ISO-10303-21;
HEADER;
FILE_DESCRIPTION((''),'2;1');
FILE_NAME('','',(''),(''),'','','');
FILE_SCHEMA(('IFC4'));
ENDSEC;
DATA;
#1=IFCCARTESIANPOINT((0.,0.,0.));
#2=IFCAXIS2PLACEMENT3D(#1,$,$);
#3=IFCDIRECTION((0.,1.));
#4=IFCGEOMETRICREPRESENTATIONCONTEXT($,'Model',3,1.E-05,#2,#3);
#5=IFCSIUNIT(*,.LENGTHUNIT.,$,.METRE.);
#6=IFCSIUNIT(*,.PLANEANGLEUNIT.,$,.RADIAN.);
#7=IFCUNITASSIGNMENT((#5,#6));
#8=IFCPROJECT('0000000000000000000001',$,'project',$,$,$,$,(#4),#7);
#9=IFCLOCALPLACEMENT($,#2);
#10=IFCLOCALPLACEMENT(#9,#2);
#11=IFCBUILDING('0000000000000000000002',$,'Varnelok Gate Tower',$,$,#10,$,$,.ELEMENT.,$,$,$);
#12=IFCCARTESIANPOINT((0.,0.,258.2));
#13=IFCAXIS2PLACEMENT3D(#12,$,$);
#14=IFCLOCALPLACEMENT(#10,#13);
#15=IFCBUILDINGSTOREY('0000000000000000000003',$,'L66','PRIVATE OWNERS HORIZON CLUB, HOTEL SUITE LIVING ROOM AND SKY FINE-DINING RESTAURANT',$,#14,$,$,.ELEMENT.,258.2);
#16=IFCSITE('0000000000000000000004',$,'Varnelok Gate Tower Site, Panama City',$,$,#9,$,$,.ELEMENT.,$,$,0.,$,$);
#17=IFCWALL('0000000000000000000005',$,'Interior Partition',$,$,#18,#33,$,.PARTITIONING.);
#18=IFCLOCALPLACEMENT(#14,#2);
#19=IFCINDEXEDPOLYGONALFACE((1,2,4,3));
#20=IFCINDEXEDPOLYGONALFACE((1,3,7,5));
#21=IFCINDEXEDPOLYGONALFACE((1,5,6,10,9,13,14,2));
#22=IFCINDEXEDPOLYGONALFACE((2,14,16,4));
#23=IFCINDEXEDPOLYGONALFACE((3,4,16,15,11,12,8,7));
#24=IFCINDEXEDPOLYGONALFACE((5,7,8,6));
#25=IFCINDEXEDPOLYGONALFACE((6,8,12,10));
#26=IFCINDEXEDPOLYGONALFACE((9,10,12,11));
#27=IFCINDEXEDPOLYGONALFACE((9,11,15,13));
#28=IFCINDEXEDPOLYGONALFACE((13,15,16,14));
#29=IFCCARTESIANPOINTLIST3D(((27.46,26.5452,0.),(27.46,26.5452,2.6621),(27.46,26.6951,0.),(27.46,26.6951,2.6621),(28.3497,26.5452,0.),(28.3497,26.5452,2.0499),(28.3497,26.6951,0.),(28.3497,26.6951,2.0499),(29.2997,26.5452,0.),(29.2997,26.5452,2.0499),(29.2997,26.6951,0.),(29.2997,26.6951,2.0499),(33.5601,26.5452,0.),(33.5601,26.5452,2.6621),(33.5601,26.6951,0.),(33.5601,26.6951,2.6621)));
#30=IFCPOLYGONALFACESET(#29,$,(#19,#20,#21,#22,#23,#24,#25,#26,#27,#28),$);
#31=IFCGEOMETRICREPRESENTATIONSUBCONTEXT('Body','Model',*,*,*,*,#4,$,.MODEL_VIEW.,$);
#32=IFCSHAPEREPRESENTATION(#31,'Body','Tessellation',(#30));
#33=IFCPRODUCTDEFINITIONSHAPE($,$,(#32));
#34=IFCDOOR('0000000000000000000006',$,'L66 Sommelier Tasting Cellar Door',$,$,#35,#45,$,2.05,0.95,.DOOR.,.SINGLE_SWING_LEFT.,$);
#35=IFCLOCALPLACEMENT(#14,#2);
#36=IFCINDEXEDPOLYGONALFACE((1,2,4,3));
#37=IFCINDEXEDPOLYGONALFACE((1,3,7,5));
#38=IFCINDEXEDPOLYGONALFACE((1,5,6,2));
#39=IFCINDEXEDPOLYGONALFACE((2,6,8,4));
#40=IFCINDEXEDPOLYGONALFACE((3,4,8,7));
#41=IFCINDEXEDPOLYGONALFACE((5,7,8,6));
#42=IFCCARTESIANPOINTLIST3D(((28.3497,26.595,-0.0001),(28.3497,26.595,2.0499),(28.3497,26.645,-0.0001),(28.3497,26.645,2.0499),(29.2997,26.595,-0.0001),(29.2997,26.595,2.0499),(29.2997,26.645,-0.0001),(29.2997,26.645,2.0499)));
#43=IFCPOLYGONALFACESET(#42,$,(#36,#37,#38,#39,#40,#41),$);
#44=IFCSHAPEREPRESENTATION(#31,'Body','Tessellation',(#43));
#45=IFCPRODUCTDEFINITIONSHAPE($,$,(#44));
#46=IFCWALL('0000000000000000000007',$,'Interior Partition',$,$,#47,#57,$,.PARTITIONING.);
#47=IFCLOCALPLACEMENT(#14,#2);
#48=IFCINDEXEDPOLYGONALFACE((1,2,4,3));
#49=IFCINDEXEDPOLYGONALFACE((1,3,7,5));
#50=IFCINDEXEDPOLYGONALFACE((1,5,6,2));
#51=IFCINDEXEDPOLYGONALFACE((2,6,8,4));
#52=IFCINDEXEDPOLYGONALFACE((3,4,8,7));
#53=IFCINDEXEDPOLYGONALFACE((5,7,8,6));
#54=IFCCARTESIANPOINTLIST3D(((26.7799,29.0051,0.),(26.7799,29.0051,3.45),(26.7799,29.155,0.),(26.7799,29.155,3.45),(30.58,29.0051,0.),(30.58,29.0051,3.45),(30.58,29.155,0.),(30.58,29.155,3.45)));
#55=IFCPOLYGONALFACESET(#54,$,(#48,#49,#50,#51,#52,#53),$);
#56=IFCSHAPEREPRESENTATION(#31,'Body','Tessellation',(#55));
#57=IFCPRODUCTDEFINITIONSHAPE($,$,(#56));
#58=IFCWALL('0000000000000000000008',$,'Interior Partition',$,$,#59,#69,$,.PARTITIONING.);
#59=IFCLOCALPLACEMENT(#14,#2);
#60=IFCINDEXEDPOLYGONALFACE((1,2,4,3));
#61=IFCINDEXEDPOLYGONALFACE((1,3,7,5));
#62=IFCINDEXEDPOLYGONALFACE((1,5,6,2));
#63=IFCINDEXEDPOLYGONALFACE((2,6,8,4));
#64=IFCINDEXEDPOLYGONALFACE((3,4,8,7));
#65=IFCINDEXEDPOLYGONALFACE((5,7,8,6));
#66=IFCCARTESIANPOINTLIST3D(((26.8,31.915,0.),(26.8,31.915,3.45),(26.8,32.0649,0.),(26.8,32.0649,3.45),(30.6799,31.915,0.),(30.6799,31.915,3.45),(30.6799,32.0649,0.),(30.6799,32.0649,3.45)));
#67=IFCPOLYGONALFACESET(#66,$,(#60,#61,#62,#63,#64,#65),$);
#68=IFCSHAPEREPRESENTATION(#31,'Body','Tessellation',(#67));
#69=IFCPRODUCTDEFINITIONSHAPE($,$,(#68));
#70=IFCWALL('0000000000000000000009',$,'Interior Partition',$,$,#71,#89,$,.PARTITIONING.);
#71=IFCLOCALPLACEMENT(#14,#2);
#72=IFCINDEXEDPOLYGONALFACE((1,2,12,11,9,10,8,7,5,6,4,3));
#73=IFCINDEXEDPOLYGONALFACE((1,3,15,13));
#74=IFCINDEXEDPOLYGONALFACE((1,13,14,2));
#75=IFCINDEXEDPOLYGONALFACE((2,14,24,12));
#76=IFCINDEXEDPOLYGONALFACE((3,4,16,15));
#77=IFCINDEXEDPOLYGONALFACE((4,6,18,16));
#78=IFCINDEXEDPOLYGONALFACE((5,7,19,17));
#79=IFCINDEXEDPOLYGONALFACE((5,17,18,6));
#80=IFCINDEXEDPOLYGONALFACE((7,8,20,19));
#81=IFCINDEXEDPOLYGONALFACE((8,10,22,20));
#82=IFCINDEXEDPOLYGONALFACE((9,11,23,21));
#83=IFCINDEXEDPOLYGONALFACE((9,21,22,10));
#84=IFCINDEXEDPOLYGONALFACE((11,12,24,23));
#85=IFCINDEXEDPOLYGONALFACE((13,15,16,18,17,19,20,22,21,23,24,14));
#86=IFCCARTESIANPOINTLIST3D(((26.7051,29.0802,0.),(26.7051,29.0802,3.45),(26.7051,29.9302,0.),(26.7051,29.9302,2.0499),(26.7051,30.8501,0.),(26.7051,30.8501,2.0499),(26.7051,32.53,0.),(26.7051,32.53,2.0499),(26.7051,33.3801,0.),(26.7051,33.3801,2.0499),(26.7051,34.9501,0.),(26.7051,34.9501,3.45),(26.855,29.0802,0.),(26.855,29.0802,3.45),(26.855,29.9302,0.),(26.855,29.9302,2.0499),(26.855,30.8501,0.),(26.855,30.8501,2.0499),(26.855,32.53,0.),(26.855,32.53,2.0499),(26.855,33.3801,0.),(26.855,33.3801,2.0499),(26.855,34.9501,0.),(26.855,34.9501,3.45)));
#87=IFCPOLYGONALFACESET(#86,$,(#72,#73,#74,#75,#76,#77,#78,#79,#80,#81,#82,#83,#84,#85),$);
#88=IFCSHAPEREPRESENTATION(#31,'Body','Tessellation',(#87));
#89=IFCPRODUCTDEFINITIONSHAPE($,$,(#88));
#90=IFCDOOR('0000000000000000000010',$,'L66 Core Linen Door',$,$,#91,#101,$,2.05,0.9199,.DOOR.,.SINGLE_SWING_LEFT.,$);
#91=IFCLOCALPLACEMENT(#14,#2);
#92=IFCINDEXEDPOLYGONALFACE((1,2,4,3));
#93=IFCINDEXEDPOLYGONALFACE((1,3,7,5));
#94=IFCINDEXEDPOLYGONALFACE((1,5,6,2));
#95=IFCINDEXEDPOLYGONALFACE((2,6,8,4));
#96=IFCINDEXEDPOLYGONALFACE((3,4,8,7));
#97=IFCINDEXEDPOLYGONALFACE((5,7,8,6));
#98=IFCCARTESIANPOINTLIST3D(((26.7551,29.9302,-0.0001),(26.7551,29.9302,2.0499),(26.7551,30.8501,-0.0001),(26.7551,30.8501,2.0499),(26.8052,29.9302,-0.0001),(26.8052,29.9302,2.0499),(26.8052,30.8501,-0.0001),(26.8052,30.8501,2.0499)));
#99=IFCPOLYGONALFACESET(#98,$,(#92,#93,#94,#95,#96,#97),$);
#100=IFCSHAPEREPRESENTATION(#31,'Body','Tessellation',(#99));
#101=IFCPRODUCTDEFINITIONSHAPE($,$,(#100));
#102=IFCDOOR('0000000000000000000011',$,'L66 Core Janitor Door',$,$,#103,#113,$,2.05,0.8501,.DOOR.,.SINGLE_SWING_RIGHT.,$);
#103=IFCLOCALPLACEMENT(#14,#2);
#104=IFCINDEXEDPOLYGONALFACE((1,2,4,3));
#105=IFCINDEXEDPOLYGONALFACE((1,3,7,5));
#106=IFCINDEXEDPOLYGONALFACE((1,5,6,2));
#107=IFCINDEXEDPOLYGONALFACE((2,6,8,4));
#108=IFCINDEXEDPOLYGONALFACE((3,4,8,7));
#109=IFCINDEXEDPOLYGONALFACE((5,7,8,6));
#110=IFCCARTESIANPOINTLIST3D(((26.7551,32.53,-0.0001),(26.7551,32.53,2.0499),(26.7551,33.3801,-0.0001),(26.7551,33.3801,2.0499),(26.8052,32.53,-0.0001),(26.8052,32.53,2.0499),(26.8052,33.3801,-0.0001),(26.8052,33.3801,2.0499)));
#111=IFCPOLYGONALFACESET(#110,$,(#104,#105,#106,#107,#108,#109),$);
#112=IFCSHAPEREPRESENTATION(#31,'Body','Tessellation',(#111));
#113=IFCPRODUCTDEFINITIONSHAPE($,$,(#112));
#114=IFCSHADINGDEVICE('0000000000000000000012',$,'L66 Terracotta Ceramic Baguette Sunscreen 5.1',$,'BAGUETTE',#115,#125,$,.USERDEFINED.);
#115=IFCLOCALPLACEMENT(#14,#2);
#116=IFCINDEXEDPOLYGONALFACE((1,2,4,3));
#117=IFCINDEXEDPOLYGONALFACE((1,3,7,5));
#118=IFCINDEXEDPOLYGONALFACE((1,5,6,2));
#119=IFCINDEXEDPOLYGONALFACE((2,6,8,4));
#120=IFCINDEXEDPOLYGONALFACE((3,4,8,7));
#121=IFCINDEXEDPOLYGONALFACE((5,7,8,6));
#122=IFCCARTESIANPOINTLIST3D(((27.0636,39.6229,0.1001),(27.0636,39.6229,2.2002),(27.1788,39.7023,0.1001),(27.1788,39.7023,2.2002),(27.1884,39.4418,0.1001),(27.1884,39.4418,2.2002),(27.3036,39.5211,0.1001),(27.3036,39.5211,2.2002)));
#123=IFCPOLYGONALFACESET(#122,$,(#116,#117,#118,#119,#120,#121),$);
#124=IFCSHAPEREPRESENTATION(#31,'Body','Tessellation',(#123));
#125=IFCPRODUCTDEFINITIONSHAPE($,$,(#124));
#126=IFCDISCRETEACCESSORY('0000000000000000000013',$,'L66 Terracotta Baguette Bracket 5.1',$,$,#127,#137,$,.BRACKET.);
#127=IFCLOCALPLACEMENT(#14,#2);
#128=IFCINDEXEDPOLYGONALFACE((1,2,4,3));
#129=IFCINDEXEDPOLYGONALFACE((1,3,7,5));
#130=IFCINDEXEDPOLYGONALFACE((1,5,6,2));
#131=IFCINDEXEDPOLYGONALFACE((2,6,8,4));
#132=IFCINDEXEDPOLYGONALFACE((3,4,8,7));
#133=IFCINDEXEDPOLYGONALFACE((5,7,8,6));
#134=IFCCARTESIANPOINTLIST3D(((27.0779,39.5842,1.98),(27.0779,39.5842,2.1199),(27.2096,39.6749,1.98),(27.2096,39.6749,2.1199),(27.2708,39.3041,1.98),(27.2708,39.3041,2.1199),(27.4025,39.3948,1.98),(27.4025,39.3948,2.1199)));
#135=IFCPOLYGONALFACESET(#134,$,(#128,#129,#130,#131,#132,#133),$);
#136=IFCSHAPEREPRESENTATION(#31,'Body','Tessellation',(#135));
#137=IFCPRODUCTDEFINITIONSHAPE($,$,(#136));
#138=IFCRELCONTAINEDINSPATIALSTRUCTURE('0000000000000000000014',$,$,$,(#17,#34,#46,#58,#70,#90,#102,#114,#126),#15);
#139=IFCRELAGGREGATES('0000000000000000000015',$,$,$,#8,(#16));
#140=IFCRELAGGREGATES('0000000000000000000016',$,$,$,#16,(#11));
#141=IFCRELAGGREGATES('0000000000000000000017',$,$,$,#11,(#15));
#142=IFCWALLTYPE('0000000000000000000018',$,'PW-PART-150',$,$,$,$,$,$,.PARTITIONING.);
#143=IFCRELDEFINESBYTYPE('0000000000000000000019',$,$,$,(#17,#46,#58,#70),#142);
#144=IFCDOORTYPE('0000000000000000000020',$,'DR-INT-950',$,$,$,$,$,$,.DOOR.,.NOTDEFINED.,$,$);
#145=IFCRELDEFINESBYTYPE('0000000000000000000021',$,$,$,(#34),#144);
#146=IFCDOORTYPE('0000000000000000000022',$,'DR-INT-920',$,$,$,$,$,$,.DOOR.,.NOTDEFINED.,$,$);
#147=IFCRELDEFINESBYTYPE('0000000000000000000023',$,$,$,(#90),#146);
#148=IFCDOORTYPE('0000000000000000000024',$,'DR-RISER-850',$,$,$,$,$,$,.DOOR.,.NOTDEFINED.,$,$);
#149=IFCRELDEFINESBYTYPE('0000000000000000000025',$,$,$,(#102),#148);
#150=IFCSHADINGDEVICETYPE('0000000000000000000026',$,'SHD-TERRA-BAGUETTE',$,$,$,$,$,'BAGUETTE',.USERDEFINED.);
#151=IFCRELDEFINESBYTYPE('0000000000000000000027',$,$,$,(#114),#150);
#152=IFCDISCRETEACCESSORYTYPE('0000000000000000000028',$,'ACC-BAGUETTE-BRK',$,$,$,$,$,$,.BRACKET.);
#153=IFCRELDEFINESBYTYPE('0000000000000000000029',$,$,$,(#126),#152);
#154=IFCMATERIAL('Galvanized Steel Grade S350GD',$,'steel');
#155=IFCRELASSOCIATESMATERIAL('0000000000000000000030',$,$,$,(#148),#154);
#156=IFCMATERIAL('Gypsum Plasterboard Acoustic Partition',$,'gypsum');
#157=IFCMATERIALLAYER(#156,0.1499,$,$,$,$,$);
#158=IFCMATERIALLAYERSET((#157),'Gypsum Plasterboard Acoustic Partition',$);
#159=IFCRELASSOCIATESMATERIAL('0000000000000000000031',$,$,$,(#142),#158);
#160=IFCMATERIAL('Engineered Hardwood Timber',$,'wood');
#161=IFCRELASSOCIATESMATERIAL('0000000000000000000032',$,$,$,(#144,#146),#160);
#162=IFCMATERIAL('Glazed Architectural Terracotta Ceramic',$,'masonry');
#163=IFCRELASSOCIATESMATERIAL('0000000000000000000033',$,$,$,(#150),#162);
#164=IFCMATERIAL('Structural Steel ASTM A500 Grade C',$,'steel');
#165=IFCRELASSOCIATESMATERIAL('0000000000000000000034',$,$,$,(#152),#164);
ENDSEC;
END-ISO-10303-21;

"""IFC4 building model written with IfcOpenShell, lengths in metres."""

from ifc_helpers import new_model, si_unit, direction, frame, frame_2d, origin, origin_2d, place, context, subcontext, project, spatial, rectangle, extrude, source, transform, mapped, material, layer, layer_set, type_object, element, fill, save


model = new_model("IFC4")

# Units and contexts
model_context = context("Model", 3, precision=1e-05, world=origin(), true_north=direction((0.0, 1.0)))
body_context = subcontext(model_context, "Body", "Model", "MODEL_VIEW")
ifc_project = project(units=[si_unit("LENGTHUNIT", "METRE"), si_unit("PLANEANGLEUNIT", "RADIAN")], contexts=[model_context])

# Site, building, storey
site_placement = place(None, origin())
site = spatial("IfcSite", under=ifc_project, at=site_placement, Name="Varnelok Gate Tower Site, Panama City", CompositionType="ELEMENT", RefElevation=0.0)
building_placement = place(site_placement, origin())
building = spatial("IfcBuilding", under=site, at=building_placement, Name="Varnelok Gate Tower", CompositionType="ELEMENT")
storey_placement = place(building_placement, frame((0.0, 0.0, 258.2)))
storey = spatial("IfcBuildingStorey", under=building, at=storey_placement, Name="L66", Description="PRIVATE OWNERS HORIZON CLUB, HOTEL SUITE LIVING ROOM AND SKY FINE-DINING RESTAURANT", CompositionType="ELEMENT", Elevation=258.2)

# Shared definitions
ifc_material_1 = material(Name="Gypsum Plasterboard Acoustic Partition", Category="gypsum")

# Shared definitions
ifc_material_2 = material(Name="Engineered Hardwood Timber", Category="wood")

# Shared definitions
ifc_material_3 = material(Name="Galvanized Steel Grade S350GD", Category="steel")
door_type_1 = type_object("IfcDoorType", Name="DR-RISER-850", OperationType="NOTDEFINED", PredefinedType="DOOR", material=ifc_material_3)

# Wall, opening, door
ifc_layer_1 = layer(ifc_material_1, 0.1499)
ifc_layer_set_1 = layer_set([ifc_layer_1], Name="Gypsum Plasterboard Acoustic Partition")
wall_type_1 = type_object("IfcWallType", Name="PW-PART-150", PredefinedType="PARTITIONING", material=ifc_layer_set_1)
wall_1_placement = place(storey_placement, frame((27.46, 26.6201, 0.0), z_axis=(0.0, 0.0, 1.0), x_axis=(1.0, 0.0, 0.0)))
wall_1 = element("IfcWall", 1, at=wall_1_placement, inside=storey, type_object=wall_type_1, Name="Interior Partition", PredefinedType="PARTITIONING", context=body_context, shape_type="SweptSolid", body=[
    extrude(rectangle(XDim=6.1001, YDim=0.1499, at=frame_2d((3.05, 0.0))), origin(), (0.0, 0.0, 1.0), 2.6621),
])
opening_1_placement = place(wall_1_placement, frame((0.8896, 0.0, 0.0)))
opening_1 = element("IfcOpeningElement", 2, at=opening_1_placement, cuts=wall_1, PredefinedType="OPENING", context=body_context, shape_type="SweptSolid", body=[
    extrude(rectangle(XDim=0.95, YDim=2.05, at=frame_2d((0.4751, 1.0249))), frame((0.0, 0.085, 0.0), z_axis=(0.0, -1.0, 0.0), x_axis=(1.0, 0.0, 0.0)), (0.0, 0.0, 1.0), 0.1699),
])
door_type_2 = type_object("IfcDoorType", Name="DR-INT-950", OperationType="NOTDEFINED", PredefinedType="DOOR", material=ifc_material_2)
door_1_placement = place(opening_1_placement, origin())
door_1 = element("IfcDoor", 3, at=door_1_placement, inside=storey, type_object=door_type_2, Name="L66 Sommelier Tasting Cellar Door", OperationType="SINGLE_SWING_LEFT", OverallHeight=2.05, OverallWidth=0.95, PredefinedType="DOOR", context=body_context, shape_type="SweptSolid", body=[
    extrude(rectangle(XDim=0.95, YDim=2.05, at=frame_2d((0.4751, 1.0249))), frame((0.0, 0.0249, 0.0), z_axis=(0.0, -1.0, 0.0), x_axis=(1.0, 0.0, 0.0)), (0.0, 0.0, 1.0), 0.05),
])
fill(opening_1, door_1)

# Walls
wall_2_placement = place(storey_placement, frame((26.78, 29.0801, 0.0), z_axis=(0.0, 0.0, 1.0), x_axis=(1.0, 0.0, 0.0)))
element("IfcWall", 4, at=wall_2_placement, inside=storey, type_object=wall_type_1, Name="Interior Partition", PredefinedType="PARTITIONING", context=body_context, shape_type="SweptSolid", body=[
    extrude(rectangle(XDim=3.8, YDim=0.1499, at=frame_2d((1.8999, 0.0))), origin(), (0.0, 0.0, 1.0), 3.45),
])
wall_3_placement = place(storey_placement, frame((26.8, 31.99, 0.0), z_axis=(0.0, 0.0, 1.0), x_axis=(1.0, 0.0, 0.0)))
element("IfcWall", 5, at=wall_3_placement, inside=storey, type_object=wall_type_1, Name="Interior Partition", PredefinedType="PARTITIONING", context=body_context, shape_type="SweptSolid", body=[
    extrude(rectangle(XDim=3.8799, YDim=0.1499, at=frame_2d((1.9399, 0.0))), origin(), (0.0, 0.0, 1.0), 3.45),
])

# Wall, openings, doors
wall_4_placement = place(storey_placement, frame((26.78, 29.0801, 0.0), z_axis=(0.0, 0.0, 1.0), x_axis=(0.0, 1.0, 0.0)))
wall_4 = element("IfcWall", 6, at=wall_4_placement, inside=storey, type_object=wall_type_1, Name="Interior Partition", PredefinedType="PARTITIONING", context=body_context, shape_type="SweptSolid", body=[
    extrude(rectangle(XDim=5.8699, YDim=0.1499, at=frame_2d((2.9351, 0.0))), origin(), (0.0, 0.0, 1.0), 3.45),
])
opening_2_placement = place(wall_4_placement, frame((0.8501, 0.0, 0.0)))
opening_2 = element("IfcOpeningElement", 7, at=opening_2_placement, cuts=wall_4, PredefinedType="OPENING", context=body_context, shape_type="SweptSolid", body=[
    extrude(rectangle(XDim=0.9199, YDim=2.05, at=frame_2d((0.46, 1.0249))), frame((0.0, 0.085, 0.0), z_axis=(0.0, -1.0, 0.0), x_axis=(1.0, 0.0, 0.0)), (0.0, 0.0, 1.0), 0.1699),
])
opening_3_placement = place(wall_4_placement, frame((3.45, 0.0, 0.0)))
opening_3 = element("IfcOpeningElement", 8, at=opening_3_placement, cuts=wall_4, PredefinedType="OPENING", context=body_context, shape_type="SweptSolid", body=[
    extrude(rectangle(XDim=0.8501, YDim=2.05, at=frame_2d((0.425, 1.0249))), frame((0.0, 0.085, 0.0), z_axis=(0.0, -1.0, 0.0), x_axis=(1.0, 0.0, 0.0)), (0.0, 0.0, 1.0), 0.1699),
])
door_type_3 = type_object("IfcDoorType", Name="DR-INT-920", OperationType="NOTDEFINED", PredefinedType="DOOR", material=ifc_material_2)
door_2_placement = place(opening_2_placement, origin())
door_2 = element("IfcDoor", 9, at=door_2_placement, inside=storey, type_object=door_type_3, Name="L66 Core Linen Door", OperationType="SINGLE_SWING_LEFT", OverallHeight=2.05, OverallWidth=0.9199, PredefinedType="DOOR", context=body_context, shape_type="SweptSolid", body=[
    extrude(rectangle(XDim=0.9199, YDim=2.05, at=frame_2d((0.46, 1.0249))), frame((0.0, 0.0249, 0.0), z_axis=(0.0, -1.0, 0.0), x_axis=(1.0, 0.0, 0.0)), (0.0, 0.0, 1.0), 0.05),
])
fill(opening_2, door_2)
door_3_placement = place(opening_3_placement, origin())
door_3 = element("IfcDoor", 10, at=door_3_placement, inside=storey, type_object=door_type_1, Name="L66 Core Janitor Door", OperationType="SINGLE_SWING_RIGHT", OverallHeight=2.05, OverallWidth=0.8501, PredefinedType="DOOR", context=body_context, shape_type="SweptSolid", body=[
    extrude(rectangle(XDim=0.8501, YDim=2.05, at=frame_2d((0.425, 1.0249))), frame((0.0, 0.0249, 0.0), z_axis=(0.0, -1.0, 0.0), x_axis=(1.0, 0.0, 0.0)), (0.0, 0.0, 1.0), 0.05),
])
fill(opening_3, door_3)

# Shading device
ifc_material_4 = material(Name="Glazed Architectural Terracotta Ceramic", Category="masonry")
shading_device_type = type_object("IfcShadingDeviceType", Name="SHD-TERRA-BAGUETTE", ElementType="BAGUETTE", PredefinedType="USERDEFINED", material=ifc_material_4)
shared_shape_1 = source(origin(), body_context, "Body", "SweptSolid", [
    extrude(rectangle(XDim=0.1399, YDim=0.22, at=origin_2d()), origin(), (0.0, 0.0, 1.0), 2.1001),
])
shading_device_placement = place(storey_placement, frame((27.1836, 39.572, 0.1001), z_axis=(0.0, 0.0, 1.0), x_axis=(0.823533, 0.567269, 0.0)))
element("IfcShadingDevice", 11, at=shading_device_placement, inside=storey, type_object=shading_device_type, Name="L66 Terracotta Ceramic Baguette Sunscreen 5.1", ObjectType="BAGUETTE", PredefinedType="USERDEFINED", context=body_context, shape_type="MappedRepresentation", body=[
    mapped(shared_shape_1, transform((0.0, 0.0, 0.0), scale=1.0)),
])

# Discrete accessory
ifc_material_5 = material(Name="Structural Steel ASTM A500 Grade C", Category="steel")
discrete_accessory_type = type_object("IfcDiscreteAccessoryType", Name="ACC-BAGUETTE-BRK", PredefinedType="BRACKET", material=ifc_material_5)
shared_shape_2 = source(origin(), body_context, "Body", "SweptSolid", [
    extrude(rectangle(XDim=0.1599, YDim=0.3401, at=origin_2d()), origin(), (0.0, 0.0, 1.0), 0.1399),
])
discrete_accessory_placement = place(storey_placement, frame((27.2402, 39.4895, 1.98), z_axis=(0.0, 0.0, 1.0), x_axis=(0.823533, 0.567269, 0.0)))
element("IfcDiscreteAccessory", 12, at=discrete_accessory_placement, inside=storey, type_object=discrete_accessory_type, Name="L66 Terracotta Baguette Bracket 5.1", PredefinedType="BRACKET", context=body_context, shape_type="MappedRepresentation", body=[
    mapped(shared_shape_2, transform((0.0, 0.0, 0.0), scale=1.0)),
])

save(model, "model.ifc")
